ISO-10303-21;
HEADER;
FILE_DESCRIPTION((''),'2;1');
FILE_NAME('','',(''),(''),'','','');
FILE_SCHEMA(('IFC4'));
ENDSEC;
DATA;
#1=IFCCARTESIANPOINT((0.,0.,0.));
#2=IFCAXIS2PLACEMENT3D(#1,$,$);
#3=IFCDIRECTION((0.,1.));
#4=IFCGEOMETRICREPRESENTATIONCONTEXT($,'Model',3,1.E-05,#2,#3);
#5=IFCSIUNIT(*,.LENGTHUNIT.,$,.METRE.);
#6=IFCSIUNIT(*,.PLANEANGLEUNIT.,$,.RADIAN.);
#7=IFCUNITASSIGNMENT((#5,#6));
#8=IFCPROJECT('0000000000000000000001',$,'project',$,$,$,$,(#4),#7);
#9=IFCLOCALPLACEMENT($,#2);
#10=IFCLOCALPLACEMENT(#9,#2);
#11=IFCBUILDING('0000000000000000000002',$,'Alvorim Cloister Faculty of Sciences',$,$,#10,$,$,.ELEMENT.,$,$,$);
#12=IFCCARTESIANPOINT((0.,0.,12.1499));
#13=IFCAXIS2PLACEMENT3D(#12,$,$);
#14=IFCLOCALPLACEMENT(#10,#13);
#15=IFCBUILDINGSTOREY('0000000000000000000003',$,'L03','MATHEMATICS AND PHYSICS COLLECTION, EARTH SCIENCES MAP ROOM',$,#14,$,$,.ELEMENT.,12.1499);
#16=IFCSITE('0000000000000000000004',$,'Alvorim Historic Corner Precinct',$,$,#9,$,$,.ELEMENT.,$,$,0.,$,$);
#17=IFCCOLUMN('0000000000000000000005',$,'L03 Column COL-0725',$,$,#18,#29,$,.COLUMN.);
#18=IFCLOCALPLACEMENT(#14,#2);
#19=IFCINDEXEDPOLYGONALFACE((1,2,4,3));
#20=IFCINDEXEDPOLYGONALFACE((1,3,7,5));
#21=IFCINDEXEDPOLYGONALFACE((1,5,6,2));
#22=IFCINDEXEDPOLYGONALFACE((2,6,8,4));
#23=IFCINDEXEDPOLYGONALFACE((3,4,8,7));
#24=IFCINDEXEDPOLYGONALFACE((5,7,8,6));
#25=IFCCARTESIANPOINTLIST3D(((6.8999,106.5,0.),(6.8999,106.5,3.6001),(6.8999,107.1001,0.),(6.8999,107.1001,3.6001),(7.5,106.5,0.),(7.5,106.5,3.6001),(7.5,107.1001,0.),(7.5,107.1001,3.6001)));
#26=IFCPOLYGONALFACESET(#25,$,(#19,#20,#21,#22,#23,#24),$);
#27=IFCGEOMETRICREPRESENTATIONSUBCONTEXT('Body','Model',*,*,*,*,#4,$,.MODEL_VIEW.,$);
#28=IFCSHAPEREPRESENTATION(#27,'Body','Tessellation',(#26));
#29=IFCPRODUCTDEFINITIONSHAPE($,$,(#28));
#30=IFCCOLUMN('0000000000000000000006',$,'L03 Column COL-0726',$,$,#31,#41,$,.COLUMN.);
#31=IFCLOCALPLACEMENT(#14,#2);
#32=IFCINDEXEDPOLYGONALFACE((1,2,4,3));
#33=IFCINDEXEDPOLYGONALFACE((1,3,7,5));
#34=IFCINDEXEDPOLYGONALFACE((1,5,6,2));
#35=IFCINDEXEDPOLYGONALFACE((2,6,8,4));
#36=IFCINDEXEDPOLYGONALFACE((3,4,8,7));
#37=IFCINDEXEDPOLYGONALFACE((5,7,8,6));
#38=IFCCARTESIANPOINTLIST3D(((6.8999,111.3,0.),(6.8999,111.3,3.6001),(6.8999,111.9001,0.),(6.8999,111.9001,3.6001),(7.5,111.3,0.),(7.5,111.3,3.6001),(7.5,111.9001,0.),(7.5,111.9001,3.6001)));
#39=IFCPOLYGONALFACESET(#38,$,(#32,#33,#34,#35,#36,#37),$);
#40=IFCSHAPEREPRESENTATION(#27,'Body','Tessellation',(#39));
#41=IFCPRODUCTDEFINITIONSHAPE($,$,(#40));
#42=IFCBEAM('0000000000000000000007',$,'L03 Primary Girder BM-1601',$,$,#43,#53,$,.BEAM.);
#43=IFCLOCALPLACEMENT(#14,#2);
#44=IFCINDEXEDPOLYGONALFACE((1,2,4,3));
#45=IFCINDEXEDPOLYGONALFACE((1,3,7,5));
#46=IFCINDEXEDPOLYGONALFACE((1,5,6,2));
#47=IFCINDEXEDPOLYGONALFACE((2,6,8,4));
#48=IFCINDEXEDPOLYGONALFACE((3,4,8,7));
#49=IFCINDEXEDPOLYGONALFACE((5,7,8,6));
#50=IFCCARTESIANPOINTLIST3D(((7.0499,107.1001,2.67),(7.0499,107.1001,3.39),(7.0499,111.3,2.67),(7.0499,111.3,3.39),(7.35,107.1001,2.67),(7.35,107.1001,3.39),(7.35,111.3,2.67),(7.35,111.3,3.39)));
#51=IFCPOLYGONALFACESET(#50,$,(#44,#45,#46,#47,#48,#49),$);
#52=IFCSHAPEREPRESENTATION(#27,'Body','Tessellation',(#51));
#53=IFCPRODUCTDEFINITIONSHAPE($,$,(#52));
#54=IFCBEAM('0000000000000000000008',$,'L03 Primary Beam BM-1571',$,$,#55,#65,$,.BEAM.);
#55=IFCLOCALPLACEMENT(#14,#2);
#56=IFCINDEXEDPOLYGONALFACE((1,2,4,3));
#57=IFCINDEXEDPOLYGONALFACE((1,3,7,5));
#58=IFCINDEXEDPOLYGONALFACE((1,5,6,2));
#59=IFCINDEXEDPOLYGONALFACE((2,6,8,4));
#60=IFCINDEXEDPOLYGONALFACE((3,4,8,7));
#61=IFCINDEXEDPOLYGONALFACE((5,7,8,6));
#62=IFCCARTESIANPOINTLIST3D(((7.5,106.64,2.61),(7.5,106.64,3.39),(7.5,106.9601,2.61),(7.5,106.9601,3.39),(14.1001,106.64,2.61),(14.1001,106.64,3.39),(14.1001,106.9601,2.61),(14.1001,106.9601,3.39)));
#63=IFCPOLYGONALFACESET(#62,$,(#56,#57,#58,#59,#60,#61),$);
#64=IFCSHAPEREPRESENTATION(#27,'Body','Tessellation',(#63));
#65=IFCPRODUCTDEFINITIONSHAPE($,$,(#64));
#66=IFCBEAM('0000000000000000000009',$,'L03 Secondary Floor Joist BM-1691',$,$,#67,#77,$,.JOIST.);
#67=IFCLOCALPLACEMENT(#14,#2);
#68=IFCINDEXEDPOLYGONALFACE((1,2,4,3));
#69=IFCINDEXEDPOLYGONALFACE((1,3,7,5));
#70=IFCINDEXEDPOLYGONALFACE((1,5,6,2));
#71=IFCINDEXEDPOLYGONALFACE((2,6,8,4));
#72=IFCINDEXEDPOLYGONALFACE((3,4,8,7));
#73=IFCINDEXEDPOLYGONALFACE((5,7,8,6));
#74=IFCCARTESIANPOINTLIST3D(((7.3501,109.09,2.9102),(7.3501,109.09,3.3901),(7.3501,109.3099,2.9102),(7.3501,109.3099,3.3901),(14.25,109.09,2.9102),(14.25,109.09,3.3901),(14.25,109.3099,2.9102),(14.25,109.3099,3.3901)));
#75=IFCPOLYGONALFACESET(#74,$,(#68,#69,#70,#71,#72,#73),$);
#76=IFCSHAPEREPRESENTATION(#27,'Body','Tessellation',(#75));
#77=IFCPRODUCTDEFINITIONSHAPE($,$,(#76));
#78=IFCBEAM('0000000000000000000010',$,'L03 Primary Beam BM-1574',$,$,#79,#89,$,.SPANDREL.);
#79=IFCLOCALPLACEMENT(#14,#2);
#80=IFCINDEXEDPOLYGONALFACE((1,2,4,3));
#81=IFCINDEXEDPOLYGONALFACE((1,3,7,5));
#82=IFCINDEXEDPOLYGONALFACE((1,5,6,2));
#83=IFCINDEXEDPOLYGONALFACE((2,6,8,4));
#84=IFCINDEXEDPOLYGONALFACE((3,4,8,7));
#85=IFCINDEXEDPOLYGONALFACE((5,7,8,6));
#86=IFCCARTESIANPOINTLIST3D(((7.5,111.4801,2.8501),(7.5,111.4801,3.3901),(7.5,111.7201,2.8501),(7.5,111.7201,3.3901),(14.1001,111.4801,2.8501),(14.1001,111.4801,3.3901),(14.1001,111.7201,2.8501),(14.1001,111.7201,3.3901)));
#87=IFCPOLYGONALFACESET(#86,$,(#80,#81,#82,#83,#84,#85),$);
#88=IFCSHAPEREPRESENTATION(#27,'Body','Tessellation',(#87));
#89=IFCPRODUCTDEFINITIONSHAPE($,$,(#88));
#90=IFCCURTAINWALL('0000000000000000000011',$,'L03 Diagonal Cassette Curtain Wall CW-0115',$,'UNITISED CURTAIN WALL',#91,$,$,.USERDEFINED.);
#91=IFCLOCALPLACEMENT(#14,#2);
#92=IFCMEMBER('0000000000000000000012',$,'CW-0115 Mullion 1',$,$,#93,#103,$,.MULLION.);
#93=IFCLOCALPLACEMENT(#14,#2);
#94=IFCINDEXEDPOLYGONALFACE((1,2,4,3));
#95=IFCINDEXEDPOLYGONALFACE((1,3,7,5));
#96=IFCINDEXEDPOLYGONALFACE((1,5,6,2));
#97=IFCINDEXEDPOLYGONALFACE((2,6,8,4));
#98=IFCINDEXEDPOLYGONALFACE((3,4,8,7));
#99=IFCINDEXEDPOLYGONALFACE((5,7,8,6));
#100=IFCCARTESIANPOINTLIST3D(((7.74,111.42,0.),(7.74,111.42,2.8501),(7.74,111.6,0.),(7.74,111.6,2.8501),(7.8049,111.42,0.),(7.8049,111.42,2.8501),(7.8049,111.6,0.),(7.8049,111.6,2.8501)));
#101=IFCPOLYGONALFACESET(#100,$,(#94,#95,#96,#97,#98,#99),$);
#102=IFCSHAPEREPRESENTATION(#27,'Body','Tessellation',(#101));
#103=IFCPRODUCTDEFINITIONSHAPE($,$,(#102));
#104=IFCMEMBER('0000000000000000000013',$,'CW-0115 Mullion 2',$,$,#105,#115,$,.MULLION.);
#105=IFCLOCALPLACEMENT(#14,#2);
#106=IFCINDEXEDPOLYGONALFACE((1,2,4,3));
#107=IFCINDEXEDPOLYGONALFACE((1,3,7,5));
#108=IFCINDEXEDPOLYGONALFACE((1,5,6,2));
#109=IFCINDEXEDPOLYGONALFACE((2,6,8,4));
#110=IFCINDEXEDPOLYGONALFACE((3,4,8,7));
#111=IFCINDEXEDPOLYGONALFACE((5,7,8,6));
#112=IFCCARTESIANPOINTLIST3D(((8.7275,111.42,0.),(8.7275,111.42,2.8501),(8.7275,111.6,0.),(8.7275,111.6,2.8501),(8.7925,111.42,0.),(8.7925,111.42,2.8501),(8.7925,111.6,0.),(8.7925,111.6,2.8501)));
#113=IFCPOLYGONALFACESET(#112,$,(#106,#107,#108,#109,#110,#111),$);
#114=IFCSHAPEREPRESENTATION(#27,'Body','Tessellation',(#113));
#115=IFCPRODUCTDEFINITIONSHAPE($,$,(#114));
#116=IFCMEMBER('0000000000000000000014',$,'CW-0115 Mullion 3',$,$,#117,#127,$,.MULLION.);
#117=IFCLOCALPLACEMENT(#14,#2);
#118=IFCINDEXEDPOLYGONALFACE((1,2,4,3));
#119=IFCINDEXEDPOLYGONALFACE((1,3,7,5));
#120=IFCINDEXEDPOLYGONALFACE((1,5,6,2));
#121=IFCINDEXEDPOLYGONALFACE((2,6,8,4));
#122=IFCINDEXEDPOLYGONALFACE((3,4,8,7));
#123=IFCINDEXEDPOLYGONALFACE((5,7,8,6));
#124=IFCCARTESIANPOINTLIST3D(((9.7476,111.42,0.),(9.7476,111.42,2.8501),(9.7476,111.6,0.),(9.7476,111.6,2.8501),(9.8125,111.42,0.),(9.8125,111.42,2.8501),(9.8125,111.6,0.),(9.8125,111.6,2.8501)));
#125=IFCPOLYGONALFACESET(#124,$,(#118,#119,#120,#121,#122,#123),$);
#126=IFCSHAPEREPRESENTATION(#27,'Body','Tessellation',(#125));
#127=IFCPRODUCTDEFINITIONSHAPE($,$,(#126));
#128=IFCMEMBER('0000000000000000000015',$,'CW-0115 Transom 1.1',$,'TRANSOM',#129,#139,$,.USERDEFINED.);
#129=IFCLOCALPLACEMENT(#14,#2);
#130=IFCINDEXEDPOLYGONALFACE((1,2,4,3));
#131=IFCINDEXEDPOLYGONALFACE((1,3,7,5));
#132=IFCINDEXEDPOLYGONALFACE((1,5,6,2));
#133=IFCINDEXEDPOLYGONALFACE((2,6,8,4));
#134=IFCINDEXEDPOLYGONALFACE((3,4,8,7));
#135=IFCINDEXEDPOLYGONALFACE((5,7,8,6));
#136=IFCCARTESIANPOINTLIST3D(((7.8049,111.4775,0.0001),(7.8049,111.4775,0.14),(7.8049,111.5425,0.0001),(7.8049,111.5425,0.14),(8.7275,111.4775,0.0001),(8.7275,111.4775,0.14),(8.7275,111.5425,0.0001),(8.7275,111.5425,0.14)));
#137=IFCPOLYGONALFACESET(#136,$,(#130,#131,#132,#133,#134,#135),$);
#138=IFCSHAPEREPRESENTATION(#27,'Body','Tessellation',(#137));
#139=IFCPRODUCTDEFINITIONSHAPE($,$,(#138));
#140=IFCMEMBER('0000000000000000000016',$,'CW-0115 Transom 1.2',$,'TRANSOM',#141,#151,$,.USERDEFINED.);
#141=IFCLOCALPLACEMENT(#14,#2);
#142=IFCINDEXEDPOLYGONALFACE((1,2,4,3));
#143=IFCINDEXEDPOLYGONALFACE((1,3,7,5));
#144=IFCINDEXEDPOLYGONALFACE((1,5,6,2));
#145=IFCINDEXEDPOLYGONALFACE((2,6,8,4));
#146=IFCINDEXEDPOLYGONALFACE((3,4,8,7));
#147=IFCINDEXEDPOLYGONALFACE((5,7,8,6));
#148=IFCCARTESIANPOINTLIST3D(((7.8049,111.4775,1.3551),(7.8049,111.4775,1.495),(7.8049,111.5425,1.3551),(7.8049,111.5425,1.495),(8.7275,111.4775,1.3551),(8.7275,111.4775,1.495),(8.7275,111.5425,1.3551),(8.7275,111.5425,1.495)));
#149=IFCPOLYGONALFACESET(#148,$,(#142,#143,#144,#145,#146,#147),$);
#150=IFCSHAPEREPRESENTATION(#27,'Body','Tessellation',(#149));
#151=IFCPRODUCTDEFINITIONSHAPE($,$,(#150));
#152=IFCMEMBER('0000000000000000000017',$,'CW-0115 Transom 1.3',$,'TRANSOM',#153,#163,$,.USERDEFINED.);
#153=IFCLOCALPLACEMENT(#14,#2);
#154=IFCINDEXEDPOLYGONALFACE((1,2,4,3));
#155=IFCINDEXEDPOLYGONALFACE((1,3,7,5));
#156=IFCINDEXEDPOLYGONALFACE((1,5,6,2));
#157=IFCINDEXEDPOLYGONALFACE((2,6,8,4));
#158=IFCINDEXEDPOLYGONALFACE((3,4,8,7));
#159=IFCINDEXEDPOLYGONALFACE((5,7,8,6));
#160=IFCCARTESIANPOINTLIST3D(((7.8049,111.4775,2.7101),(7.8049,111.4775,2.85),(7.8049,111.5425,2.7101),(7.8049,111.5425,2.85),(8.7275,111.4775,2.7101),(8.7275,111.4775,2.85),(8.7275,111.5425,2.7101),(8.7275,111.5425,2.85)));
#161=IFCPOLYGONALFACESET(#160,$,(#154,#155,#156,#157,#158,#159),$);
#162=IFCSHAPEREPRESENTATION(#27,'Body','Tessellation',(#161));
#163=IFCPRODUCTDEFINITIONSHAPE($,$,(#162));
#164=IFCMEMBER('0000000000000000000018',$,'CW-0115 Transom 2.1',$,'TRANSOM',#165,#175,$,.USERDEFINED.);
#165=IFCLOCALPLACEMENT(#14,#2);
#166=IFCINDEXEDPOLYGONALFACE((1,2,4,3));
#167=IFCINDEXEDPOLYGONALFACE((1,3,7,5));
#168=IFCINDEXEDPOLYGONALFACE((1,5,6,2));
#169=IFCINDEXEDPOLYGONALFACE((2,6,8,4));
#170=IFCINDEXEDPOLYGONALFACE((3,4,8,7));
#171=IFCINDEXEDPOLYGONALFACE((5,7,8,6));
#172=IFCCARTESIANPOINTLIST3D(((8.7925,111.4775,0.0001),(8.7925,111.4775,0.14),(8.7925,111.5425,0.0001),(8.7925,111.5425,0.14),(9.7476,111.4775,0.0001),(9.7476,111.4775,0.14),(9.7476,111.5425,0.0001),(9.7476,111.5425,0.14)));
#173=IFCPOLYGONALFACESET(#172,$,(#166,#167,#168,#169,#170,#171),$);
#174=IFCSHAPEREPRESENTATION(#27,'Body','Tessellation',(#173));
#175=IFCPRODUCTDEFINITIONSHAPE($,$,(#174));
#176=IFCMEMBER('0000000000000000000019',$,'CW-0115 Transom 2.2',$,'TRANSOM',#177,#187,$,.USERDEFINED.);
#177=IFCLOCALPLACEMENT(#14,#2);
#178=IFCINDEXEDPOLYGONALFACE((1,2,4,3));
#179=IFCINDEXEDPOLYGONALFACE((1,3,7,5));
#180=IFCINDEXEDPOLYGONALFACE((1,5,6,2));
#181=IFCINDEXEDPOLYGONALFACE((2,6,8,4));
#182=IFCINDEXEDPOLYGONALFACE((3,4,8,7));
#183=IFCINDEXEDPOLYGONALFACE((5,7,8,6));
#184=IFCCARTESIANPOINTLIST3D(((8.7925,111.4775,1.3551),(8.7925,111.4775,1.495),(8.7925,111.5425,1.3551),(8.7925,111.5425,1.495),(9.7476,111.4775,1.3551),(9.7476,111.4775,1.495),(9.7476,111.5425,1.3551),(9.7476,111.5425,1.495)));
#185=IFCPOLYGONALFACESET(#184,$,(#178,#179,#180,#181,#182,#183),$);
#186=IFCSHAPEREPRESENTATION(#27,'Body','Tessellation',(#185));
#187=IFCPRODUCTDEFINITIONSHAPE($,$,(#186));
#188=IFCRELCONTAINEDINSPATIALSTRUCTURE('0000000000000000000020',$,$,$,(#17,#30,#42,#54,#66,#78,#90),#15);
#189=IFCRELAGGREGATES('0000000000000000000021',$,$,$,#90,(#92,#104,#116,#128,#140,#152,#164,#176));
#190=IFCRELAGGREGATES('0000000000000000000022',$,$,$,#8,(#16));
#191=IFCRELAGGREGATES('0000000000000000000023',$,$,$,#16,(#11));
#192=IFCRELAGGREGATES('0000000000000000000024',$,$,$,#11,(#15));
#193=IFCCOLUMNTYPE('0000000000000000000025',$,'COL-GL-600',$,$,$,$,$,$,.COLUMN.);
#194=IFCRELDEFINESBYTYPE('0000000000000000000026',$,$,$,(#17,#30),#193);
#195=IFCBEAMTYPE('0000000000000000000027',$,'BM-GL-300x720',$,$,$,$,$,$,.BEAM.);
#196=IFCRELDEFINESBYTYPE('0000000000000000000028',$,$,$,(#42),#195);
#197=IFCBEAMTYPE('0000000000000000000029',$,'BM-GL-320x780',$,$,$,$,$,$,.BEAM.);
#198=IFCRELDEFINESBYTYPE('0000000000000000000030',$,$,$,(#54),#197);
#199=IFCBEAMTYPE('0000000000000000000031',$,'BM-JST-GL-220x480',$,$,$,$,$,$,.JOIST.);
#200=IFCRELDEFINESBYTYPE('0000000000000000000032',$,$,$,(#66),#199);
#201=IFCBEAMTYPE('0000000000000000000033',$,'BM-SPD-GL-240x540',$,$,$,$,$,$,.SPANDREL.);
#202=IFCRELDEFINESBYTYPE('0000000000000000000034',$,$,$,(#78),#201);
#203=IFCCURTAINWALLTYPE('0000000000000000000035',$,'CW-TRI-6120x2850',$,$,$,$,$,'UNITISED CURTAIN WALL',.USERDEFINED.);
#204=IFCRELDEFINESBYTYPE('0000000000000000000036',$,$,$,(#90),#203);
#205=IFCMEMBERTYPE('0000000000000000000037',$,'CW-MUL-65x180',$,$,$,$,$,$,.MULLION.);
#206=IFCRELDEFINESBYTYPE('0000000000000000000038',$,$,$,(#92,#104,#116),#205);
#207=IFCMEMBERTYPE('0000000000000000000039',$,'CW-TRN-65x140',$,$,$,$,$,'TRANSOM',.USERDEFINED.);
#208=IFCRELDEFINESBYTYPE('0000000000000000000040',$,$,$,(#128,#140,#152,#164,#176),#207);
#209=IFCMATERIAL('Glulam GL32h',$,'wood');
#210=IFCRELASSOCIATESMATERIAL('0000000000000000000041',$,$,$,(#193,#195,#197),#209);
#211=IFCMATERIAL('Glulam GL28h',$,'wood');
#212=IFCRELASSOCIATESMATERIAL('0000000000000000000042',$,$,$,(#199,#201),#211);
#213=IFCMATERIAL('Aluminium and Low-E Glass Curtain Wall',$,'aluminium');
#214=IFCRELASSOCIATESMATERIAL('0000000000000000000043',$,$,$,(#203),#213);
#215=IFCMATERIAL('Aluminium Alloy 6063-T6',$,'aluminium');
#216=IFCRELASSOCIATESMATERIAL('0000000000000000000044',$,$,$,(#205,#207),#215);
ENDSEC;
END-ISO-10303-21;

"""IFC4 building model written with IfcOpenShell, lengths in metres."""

from ifc_helpers import new_model, si_unit, direction, frame, origin, origin_2d, place, context, subcontext, project, spatial, rectangle, extrude, material, material_profile, profile_set, type_object, element, aggregate, save


model = new_model("IFC4")

# Units and contexts
model_context = context("Model", 3, precision=1e-05, world=origin(), true_north=direction((0.0, 1.0)))
body_context = subcontext(model_context, "Body", "Model", "MODEL_VIEW")
ifc_project = project(units=[si_unit("LENGTHUNIT", "METRE"), si_unit("PLANEANGLEUNIT", "RADIAN")], contexts=[model_context])

# Site, building, storey
site_placement = place(None, origin())
site = spatial("IfcSite", under=ifc_project, at=site_placement, Name="Alvorim Historic Corner Precinct", CompositionType="ELEMENT", RefElevation=0.0)
building_placement = place(site_placement, origin())
building = spatial("IfcBuilding", under=site, at=building_placement, Name="Alvorim Cloister Faculty of Sciences", CompositionType="ELEMENT")
storey_placement = place(building_placement, frame((0.0, 0.0, 12.1499)))
storey = spatial("IfcBuildingStorey", under=building, at=storey_placement, Name="L03", Description="MATHEMATICS AND PHYSICS COLLECTION, EARTH SCIENCES MAP ROOM", CompositionType="ELEMENT", Elevation=12.1499)

# Columns
ifc_material_1 = material(Name="Glulam GL32h", Category="wood")
ifc_material_profile_1 = material_profile(ifc_material_1, rectangle(XDim=0.6001, YDim=0.6001, at=origin_2d()), Name="GL32-COL-600x600")
ifc_profile_set_1 = profile_set([ifc_material_profile_1], Name="Glulam GL32h")
column_type = type_object("IfcColumnType", Name="COL-GL-600", PredefinedType="COLUMN", material=ifc_profile_set_1)
for number, where, z_axis, x_axis, name in (
    (1, (7.2, 106.8, 0.0), (0.0, 0.0, 1.0), (1.0, 0.0, 0.0), "L03 Column COL-0725"),
    (2, (7.2, 111.6001, 0.0), (0.0, 0.0, 1.0), (1.0, 0.0, 0.0), "L03 Column COL-0726"),
):
    element("IfcColumn", number, at=place(storey_placement, frame(where, z_axis=z_axis, x_axis=x_axis)), inside=storey, type_object=column_type, Name=name, PredefinedType="COLUMN", context=body_context, shape_type="SweptSolid", body=[
        extrude(rectangle(XDim=0.6001, YDim=0.6001, at=origin_2d()), origin(), (0.0, 0.0, 1.0), 3.6001),
    ])

# Beams
ifc_material_profile_2 = material_profile(ifc_material_1, rectangle(XDim=0.3, YDim=0.72, at=origin_2d()), Name="GL32-BM-300x720")
ifc_profile_set_2 = profile_set([ifc_material_profile_2], Name="Glulam GL32h")
beam_type_1 = type_object("IfcBeamType", Name="BM-GL-300x720", PredefinedType="BEAM", material=ifc_profile_set_2)
beam_1_placement = place(storey_placement, frame((7.2, 107.1001, 3.03), z_axis=(0.0, 1.0, 0.0), x_axis=(-1.0, 0.0, 0.0)))
element("IfcBeam", 3, at=beam_1_placement, inside=storey, type_object=beam_type_1, Name="L03 Primary Girder BM-1601", PredefinedType="BEAM", context=body_context, shape_type="SweptSolid", body=[
    extrude(rectangle(XDim=0.3, YDim=0.72, at=origin_2d()), origin(), (0.0, 0.0, 1.0), 4.2),
])
ifc_material_profile_3 = material_profile(ifc_material_1, rectangle(XDim=0.3201, YDim=0.78, at=origin_2d()), Name="GL32-BM-320x780")
ifc_profile_set_3 = profile_set([ifc_material_profile_3], Name="Glulam GL32h")
beam_type_2 = type_object("IfcBeamType", Name="BM-GL-320x780", PredefinedType="BEAM", material=ifc_profile_set_3)
beam_2_placement = place(storey_placement, frame((7.5, 106.8, 3.0), z_axis=(1.0, 0.0, 0.0), x_axis=(0.0, 1.0, 0.0)))
element("IfcBeam", 4, at=beam_2_placement, inside=storey, type_object=beam_type_2, Name="L03 Primary Beam BM-1571", PredefinedType="BEAM", context=body_context, shape_type="SweptSolid", body=[
    extrude(rectangle(XDim=0.3201, YDim=0.78, at=origin_2d()), origin(), (0.0, 0.0, 1.0), 6.6001),
])
ifc_material_2 = material(Name="Glulam GL28h", Category="wood")
ifc_material_profile_4 = material_profile(ifc_material_2, rectangle(XDim=0.22, YDim=0.48, at=origin_2d()), Name="GL28-JST-220x480")
ifc_profile_set_4 = profile_set([ifc_material_profile_4], Name="Glulam GL28h")
beam_type_3 = type_object("IfcBeamType", Name="BM-JST-GL-220x480", PredefinedType="JOIST", material=ifc_profile_set_4)
beam_3_placement = place(storey_placement, frame((7.3501, 109.2, 3.1501), z_axis=(1.0, 0.0, 0.0), x_axis=(0.0, 1.0, 0.0)))
element("IfcBeam", 5, at=beam_3_placement, inside=storey, type_object=beam_type_3, Name="L03 Secondary Floor Joist BM-1691", PredefinedType="JOIST", context=body_context, shape_type="SweptSolid", body=[
    extrude(rectangle(XDim=0.22, YDim=0.48, at=origin_2d()), origin(), (0.0, 0.0, 1.0), 6.8999),
])
ifc_material_profile_5 = material_profile(ifc_material_2, rectangle(XDim=0.24, YDim=0.54, at=origin_2d()), Name="GL28-SPD-240x540")
ifc_profile_set_5 = profile_set([ifc_material_profile_5], Name="Glulam GL28h")
beam_type_4 = type_object("IfcBeamType", Name="BM-SPD-GL-240x540", PredefinedType="SPANDREL", material=ifc_profile_set_5)
beam_4_placement = place(storey_placement, frame((7.5, 111.6001, 3.1201), z_axis=(1.0, 0.0, 0.0), x_axis=(0.0, 1.0, 0.0)))
element("IfcBeam", 6, at=beam_4_placement, inside=storey, type_object=beam_type_4, Name="L03 Primary Beam BM-1574", PredefinedType="SPANDREL", context=body_context, shape_type="SweptSolid", body=[
    extrude(rectangle(XDim=0.24, YDim=0.54, at=origin_2d()), origin(), (0.0, 0.0, 1.0), 6.6001),
])

# Curtain wall, members
ifc_material_3 = material(Name="Aluminium and Low-E Glass Curtain Wall", Category="aluminium")
curtain_wall_type = type_object("IfcCurtainWallType", Name="CW-TRI-6120x2850", ElementType="UNITISED CURTAIN WALL", PredefinedType="USERDEFINED", material=ifc_material_3)
curtain_wall_placement = place(storey_placement, origin())
curtain_wall = element("IfcCurtainWall", 7, at=curtain_wall_placement, inside=storey, type_object=curtain_wall_type, Name="L03 Diagonal Cassette Curtain Wall CW-0115", ObjectType="UNITISED CURTAIN WALL", PredefinedType="USERDEFINED")
ifc_material_4 = material(Name="Aluminium Alloy 6063-T6", Category="aluminium")
ifc_material_profile_6 = material_profile(ifc_material_4, rectangle(XDim=0.0649, YDim=0.1799, at=origin_2d()), Name="ALU-MUL-65x180")
ifc_profile_set_6 = profile_set([ifc_material_profile_6], Name="Aluminium Alloy 6063-T6")
member_type_1 = type_object("IfcMemberType", Name="CW-MUL-65x180", PredefinedType="MULLION", material=ifc_profile_set_6)
member_1_placement = place(storey_placement, frame((7.7725, 111.51, 0.0), z_axis=(0.0, 0.0, 1.0), x_axis=(1.0, 0.0, 0.0)))
member_1 = element("IfcMember", 8, at=member_1_placement, type_object=member_type_1, Name="CW-0115 Mullion 1", PredefinedType="MULLION", context=body_context, shape_type="SweptSolid", body=[
    extrude(rectangle(XDim=0.0649, YDim=0.1799, at=origin_2d()), origin(), (0.0, 0.0, 1.0), 2.8501),
])
member_2_placement = place(storey_placement, frame((8.76, 111.51, 0.0), z_axis=(0.0, 0.0, 1.0), x_axis=(1.0, 0.0, 0.0)))
member_2 = element("IfcMember", 9, at=member_2_placement, type_object=member_type_1, Name="CW-0115 Mullion 2", PredefinedType="MULLION", context=body_context, shape_type="SweptSolid", body=[
    extrude(rectangle(XDim=0.0649, YDim=0.1799, at=origin_2d()), origin(), (0.0, 0.0, 1.0), 2.8501),
])
member_3_placement = place(storey_placement, frame((9.78, 111.51, 0.0), z_axis=(0.0, 0.0, 1.0), x_axis=(1.0, 0.0, 0.0)))
member_3 = element("IfcMember", 10, at=member_3_placement, type_object=member_type_1, Name="CW-0115 Mullion 3", PredefinedType="MULLION", context=body_context, shape_type="SweptSolid", body=[
    extrude(rectangle(XDim=0.0649, YDim=0.1799, at=origin_2d()), origin(), (0.0, 0.0, 1.0), 2.8501),
])
ifc_material_profile_7 = material_profile(ifc_material_4, rectangle(XDim=0.0649, YDim=0.1399, at=origin_2d()), Name="ALU-TRN-65x140")
ifc_profile_set_7 = profile_set([ifc_material_profile_7], Name="Aluminium Alloy 6063-T6")
member_type_2 = type_object("IfcMemberType", Name="CW-TRN-65x140", ElementType="TRANSOM", PredefinedType="USERDEFINED", material=ifc_profile_set_7)
member_4_placement = place(storey_placement, frame((7.8049, 111.51, 0.0701), z_axis=(1.0, 0.0, 0.0), x_axis=(0.0, 1.0, 0.0)))
member_4 = element("IfcMember", 11, at=member_4_placement, type_object=member_type_2, Name="CW-0115 Transom 1.1", ObjectType="TRANSOM", PredefinedType="USERDEFINED", context=body_context, shape_type="SweptSolid", body=[
    extrude(rectangle(XDim=0.0649, YDim=0.1399, at=origin_2d()), origin(), (0.0, 0.0, 1.0), 0.9226),
])
member_5_placement = place(storey_placement, frame((7.8049, 111.51, 1.425), z_axis=(1.0, 0.0, 0.0), x_axis=(0.0, 1.0, 0.0)))
member_5 = element("IfcMember", 12, at=member_5_placement, type_object=member_type_2, Name="CW-0115 Transom 1.2", ObjectType="TRANSOM", PredefinedType="USERDEFINED", context=body_context, shape_type="SweptSolid", body=[
    extrude(rectangle(XDim=0.0649, YDim=0.1399, at=origin_2d()), origin(), (0.0, 0.0, 1.0), 0.9226),
])
member_6_placement = place(storey_placement, frame((7.8049, 111.51, 2.78), z_axis=(1.0, 0.0, 0.0), x_axis=(0.0, 1.0, 0.0)))
member_6 = element("IfcMember", 13, at=member_6_placement, type_object=member_type_2, Name="CW-0115 Transom 1.3", ObjectType="TRANSOM", PredefinedType="USERDEFINED", context=body_context, shape_type="SweptSolid", body=[
    extrude(rectangle(XDim=0.0649, YDim=0.1399, at=origin_2d()), origin(), (0.0, 0.0, 1.0), 0.9226),
])
member_7_placement = place(storey_placement, frame((8.7925, 111.51, 0.0701), z_axis=(1.0, 0.0, 0.0), x_axis=(0.0, 1.0, 0.0)))
member_7 = element("IfcMember", 14, at=member_7_placement, type_object=member_type_2, Name="CW-0115 Transom 2.1", ObjectType="TRANSOM", PredefinedType="USERDEFINED", context=body_context, shape_type="SweptSolid", body=[
    extrude(rectangle(XDim=0.0649, YDim=0.1399, at=origin_2d()), origin(), (0.0, 0.0, 1.0), 0.9551),
])
member_8_placement = place(storey_placement, frame((8.7925, 111.51, 1.425), z_axis=(1.0, 0.0, 0.0), x_axis=(0.0, 1.0, 0.0)))
member_8 = element("IfcMember", 15, at=member_8_placement, type_object=member_type_2, Name="CW-0115 Transom 2.2", ObjectType="TRANSOM", PredefinedType="USERDEFINED", context=body_context, shape_type="SweptSolid", body=[
    extrude(rectangle(XDim=0.0649, YDim=0.1399, at=origin_2d()), origin(), (0.0, 0.0, 1.0), 0.9551),
])
aggregate(curtain_wall, [member_1, member_2, member_3, member_4, member_5, member_6, member_7, member_8])

save(model, "model.ifc")
